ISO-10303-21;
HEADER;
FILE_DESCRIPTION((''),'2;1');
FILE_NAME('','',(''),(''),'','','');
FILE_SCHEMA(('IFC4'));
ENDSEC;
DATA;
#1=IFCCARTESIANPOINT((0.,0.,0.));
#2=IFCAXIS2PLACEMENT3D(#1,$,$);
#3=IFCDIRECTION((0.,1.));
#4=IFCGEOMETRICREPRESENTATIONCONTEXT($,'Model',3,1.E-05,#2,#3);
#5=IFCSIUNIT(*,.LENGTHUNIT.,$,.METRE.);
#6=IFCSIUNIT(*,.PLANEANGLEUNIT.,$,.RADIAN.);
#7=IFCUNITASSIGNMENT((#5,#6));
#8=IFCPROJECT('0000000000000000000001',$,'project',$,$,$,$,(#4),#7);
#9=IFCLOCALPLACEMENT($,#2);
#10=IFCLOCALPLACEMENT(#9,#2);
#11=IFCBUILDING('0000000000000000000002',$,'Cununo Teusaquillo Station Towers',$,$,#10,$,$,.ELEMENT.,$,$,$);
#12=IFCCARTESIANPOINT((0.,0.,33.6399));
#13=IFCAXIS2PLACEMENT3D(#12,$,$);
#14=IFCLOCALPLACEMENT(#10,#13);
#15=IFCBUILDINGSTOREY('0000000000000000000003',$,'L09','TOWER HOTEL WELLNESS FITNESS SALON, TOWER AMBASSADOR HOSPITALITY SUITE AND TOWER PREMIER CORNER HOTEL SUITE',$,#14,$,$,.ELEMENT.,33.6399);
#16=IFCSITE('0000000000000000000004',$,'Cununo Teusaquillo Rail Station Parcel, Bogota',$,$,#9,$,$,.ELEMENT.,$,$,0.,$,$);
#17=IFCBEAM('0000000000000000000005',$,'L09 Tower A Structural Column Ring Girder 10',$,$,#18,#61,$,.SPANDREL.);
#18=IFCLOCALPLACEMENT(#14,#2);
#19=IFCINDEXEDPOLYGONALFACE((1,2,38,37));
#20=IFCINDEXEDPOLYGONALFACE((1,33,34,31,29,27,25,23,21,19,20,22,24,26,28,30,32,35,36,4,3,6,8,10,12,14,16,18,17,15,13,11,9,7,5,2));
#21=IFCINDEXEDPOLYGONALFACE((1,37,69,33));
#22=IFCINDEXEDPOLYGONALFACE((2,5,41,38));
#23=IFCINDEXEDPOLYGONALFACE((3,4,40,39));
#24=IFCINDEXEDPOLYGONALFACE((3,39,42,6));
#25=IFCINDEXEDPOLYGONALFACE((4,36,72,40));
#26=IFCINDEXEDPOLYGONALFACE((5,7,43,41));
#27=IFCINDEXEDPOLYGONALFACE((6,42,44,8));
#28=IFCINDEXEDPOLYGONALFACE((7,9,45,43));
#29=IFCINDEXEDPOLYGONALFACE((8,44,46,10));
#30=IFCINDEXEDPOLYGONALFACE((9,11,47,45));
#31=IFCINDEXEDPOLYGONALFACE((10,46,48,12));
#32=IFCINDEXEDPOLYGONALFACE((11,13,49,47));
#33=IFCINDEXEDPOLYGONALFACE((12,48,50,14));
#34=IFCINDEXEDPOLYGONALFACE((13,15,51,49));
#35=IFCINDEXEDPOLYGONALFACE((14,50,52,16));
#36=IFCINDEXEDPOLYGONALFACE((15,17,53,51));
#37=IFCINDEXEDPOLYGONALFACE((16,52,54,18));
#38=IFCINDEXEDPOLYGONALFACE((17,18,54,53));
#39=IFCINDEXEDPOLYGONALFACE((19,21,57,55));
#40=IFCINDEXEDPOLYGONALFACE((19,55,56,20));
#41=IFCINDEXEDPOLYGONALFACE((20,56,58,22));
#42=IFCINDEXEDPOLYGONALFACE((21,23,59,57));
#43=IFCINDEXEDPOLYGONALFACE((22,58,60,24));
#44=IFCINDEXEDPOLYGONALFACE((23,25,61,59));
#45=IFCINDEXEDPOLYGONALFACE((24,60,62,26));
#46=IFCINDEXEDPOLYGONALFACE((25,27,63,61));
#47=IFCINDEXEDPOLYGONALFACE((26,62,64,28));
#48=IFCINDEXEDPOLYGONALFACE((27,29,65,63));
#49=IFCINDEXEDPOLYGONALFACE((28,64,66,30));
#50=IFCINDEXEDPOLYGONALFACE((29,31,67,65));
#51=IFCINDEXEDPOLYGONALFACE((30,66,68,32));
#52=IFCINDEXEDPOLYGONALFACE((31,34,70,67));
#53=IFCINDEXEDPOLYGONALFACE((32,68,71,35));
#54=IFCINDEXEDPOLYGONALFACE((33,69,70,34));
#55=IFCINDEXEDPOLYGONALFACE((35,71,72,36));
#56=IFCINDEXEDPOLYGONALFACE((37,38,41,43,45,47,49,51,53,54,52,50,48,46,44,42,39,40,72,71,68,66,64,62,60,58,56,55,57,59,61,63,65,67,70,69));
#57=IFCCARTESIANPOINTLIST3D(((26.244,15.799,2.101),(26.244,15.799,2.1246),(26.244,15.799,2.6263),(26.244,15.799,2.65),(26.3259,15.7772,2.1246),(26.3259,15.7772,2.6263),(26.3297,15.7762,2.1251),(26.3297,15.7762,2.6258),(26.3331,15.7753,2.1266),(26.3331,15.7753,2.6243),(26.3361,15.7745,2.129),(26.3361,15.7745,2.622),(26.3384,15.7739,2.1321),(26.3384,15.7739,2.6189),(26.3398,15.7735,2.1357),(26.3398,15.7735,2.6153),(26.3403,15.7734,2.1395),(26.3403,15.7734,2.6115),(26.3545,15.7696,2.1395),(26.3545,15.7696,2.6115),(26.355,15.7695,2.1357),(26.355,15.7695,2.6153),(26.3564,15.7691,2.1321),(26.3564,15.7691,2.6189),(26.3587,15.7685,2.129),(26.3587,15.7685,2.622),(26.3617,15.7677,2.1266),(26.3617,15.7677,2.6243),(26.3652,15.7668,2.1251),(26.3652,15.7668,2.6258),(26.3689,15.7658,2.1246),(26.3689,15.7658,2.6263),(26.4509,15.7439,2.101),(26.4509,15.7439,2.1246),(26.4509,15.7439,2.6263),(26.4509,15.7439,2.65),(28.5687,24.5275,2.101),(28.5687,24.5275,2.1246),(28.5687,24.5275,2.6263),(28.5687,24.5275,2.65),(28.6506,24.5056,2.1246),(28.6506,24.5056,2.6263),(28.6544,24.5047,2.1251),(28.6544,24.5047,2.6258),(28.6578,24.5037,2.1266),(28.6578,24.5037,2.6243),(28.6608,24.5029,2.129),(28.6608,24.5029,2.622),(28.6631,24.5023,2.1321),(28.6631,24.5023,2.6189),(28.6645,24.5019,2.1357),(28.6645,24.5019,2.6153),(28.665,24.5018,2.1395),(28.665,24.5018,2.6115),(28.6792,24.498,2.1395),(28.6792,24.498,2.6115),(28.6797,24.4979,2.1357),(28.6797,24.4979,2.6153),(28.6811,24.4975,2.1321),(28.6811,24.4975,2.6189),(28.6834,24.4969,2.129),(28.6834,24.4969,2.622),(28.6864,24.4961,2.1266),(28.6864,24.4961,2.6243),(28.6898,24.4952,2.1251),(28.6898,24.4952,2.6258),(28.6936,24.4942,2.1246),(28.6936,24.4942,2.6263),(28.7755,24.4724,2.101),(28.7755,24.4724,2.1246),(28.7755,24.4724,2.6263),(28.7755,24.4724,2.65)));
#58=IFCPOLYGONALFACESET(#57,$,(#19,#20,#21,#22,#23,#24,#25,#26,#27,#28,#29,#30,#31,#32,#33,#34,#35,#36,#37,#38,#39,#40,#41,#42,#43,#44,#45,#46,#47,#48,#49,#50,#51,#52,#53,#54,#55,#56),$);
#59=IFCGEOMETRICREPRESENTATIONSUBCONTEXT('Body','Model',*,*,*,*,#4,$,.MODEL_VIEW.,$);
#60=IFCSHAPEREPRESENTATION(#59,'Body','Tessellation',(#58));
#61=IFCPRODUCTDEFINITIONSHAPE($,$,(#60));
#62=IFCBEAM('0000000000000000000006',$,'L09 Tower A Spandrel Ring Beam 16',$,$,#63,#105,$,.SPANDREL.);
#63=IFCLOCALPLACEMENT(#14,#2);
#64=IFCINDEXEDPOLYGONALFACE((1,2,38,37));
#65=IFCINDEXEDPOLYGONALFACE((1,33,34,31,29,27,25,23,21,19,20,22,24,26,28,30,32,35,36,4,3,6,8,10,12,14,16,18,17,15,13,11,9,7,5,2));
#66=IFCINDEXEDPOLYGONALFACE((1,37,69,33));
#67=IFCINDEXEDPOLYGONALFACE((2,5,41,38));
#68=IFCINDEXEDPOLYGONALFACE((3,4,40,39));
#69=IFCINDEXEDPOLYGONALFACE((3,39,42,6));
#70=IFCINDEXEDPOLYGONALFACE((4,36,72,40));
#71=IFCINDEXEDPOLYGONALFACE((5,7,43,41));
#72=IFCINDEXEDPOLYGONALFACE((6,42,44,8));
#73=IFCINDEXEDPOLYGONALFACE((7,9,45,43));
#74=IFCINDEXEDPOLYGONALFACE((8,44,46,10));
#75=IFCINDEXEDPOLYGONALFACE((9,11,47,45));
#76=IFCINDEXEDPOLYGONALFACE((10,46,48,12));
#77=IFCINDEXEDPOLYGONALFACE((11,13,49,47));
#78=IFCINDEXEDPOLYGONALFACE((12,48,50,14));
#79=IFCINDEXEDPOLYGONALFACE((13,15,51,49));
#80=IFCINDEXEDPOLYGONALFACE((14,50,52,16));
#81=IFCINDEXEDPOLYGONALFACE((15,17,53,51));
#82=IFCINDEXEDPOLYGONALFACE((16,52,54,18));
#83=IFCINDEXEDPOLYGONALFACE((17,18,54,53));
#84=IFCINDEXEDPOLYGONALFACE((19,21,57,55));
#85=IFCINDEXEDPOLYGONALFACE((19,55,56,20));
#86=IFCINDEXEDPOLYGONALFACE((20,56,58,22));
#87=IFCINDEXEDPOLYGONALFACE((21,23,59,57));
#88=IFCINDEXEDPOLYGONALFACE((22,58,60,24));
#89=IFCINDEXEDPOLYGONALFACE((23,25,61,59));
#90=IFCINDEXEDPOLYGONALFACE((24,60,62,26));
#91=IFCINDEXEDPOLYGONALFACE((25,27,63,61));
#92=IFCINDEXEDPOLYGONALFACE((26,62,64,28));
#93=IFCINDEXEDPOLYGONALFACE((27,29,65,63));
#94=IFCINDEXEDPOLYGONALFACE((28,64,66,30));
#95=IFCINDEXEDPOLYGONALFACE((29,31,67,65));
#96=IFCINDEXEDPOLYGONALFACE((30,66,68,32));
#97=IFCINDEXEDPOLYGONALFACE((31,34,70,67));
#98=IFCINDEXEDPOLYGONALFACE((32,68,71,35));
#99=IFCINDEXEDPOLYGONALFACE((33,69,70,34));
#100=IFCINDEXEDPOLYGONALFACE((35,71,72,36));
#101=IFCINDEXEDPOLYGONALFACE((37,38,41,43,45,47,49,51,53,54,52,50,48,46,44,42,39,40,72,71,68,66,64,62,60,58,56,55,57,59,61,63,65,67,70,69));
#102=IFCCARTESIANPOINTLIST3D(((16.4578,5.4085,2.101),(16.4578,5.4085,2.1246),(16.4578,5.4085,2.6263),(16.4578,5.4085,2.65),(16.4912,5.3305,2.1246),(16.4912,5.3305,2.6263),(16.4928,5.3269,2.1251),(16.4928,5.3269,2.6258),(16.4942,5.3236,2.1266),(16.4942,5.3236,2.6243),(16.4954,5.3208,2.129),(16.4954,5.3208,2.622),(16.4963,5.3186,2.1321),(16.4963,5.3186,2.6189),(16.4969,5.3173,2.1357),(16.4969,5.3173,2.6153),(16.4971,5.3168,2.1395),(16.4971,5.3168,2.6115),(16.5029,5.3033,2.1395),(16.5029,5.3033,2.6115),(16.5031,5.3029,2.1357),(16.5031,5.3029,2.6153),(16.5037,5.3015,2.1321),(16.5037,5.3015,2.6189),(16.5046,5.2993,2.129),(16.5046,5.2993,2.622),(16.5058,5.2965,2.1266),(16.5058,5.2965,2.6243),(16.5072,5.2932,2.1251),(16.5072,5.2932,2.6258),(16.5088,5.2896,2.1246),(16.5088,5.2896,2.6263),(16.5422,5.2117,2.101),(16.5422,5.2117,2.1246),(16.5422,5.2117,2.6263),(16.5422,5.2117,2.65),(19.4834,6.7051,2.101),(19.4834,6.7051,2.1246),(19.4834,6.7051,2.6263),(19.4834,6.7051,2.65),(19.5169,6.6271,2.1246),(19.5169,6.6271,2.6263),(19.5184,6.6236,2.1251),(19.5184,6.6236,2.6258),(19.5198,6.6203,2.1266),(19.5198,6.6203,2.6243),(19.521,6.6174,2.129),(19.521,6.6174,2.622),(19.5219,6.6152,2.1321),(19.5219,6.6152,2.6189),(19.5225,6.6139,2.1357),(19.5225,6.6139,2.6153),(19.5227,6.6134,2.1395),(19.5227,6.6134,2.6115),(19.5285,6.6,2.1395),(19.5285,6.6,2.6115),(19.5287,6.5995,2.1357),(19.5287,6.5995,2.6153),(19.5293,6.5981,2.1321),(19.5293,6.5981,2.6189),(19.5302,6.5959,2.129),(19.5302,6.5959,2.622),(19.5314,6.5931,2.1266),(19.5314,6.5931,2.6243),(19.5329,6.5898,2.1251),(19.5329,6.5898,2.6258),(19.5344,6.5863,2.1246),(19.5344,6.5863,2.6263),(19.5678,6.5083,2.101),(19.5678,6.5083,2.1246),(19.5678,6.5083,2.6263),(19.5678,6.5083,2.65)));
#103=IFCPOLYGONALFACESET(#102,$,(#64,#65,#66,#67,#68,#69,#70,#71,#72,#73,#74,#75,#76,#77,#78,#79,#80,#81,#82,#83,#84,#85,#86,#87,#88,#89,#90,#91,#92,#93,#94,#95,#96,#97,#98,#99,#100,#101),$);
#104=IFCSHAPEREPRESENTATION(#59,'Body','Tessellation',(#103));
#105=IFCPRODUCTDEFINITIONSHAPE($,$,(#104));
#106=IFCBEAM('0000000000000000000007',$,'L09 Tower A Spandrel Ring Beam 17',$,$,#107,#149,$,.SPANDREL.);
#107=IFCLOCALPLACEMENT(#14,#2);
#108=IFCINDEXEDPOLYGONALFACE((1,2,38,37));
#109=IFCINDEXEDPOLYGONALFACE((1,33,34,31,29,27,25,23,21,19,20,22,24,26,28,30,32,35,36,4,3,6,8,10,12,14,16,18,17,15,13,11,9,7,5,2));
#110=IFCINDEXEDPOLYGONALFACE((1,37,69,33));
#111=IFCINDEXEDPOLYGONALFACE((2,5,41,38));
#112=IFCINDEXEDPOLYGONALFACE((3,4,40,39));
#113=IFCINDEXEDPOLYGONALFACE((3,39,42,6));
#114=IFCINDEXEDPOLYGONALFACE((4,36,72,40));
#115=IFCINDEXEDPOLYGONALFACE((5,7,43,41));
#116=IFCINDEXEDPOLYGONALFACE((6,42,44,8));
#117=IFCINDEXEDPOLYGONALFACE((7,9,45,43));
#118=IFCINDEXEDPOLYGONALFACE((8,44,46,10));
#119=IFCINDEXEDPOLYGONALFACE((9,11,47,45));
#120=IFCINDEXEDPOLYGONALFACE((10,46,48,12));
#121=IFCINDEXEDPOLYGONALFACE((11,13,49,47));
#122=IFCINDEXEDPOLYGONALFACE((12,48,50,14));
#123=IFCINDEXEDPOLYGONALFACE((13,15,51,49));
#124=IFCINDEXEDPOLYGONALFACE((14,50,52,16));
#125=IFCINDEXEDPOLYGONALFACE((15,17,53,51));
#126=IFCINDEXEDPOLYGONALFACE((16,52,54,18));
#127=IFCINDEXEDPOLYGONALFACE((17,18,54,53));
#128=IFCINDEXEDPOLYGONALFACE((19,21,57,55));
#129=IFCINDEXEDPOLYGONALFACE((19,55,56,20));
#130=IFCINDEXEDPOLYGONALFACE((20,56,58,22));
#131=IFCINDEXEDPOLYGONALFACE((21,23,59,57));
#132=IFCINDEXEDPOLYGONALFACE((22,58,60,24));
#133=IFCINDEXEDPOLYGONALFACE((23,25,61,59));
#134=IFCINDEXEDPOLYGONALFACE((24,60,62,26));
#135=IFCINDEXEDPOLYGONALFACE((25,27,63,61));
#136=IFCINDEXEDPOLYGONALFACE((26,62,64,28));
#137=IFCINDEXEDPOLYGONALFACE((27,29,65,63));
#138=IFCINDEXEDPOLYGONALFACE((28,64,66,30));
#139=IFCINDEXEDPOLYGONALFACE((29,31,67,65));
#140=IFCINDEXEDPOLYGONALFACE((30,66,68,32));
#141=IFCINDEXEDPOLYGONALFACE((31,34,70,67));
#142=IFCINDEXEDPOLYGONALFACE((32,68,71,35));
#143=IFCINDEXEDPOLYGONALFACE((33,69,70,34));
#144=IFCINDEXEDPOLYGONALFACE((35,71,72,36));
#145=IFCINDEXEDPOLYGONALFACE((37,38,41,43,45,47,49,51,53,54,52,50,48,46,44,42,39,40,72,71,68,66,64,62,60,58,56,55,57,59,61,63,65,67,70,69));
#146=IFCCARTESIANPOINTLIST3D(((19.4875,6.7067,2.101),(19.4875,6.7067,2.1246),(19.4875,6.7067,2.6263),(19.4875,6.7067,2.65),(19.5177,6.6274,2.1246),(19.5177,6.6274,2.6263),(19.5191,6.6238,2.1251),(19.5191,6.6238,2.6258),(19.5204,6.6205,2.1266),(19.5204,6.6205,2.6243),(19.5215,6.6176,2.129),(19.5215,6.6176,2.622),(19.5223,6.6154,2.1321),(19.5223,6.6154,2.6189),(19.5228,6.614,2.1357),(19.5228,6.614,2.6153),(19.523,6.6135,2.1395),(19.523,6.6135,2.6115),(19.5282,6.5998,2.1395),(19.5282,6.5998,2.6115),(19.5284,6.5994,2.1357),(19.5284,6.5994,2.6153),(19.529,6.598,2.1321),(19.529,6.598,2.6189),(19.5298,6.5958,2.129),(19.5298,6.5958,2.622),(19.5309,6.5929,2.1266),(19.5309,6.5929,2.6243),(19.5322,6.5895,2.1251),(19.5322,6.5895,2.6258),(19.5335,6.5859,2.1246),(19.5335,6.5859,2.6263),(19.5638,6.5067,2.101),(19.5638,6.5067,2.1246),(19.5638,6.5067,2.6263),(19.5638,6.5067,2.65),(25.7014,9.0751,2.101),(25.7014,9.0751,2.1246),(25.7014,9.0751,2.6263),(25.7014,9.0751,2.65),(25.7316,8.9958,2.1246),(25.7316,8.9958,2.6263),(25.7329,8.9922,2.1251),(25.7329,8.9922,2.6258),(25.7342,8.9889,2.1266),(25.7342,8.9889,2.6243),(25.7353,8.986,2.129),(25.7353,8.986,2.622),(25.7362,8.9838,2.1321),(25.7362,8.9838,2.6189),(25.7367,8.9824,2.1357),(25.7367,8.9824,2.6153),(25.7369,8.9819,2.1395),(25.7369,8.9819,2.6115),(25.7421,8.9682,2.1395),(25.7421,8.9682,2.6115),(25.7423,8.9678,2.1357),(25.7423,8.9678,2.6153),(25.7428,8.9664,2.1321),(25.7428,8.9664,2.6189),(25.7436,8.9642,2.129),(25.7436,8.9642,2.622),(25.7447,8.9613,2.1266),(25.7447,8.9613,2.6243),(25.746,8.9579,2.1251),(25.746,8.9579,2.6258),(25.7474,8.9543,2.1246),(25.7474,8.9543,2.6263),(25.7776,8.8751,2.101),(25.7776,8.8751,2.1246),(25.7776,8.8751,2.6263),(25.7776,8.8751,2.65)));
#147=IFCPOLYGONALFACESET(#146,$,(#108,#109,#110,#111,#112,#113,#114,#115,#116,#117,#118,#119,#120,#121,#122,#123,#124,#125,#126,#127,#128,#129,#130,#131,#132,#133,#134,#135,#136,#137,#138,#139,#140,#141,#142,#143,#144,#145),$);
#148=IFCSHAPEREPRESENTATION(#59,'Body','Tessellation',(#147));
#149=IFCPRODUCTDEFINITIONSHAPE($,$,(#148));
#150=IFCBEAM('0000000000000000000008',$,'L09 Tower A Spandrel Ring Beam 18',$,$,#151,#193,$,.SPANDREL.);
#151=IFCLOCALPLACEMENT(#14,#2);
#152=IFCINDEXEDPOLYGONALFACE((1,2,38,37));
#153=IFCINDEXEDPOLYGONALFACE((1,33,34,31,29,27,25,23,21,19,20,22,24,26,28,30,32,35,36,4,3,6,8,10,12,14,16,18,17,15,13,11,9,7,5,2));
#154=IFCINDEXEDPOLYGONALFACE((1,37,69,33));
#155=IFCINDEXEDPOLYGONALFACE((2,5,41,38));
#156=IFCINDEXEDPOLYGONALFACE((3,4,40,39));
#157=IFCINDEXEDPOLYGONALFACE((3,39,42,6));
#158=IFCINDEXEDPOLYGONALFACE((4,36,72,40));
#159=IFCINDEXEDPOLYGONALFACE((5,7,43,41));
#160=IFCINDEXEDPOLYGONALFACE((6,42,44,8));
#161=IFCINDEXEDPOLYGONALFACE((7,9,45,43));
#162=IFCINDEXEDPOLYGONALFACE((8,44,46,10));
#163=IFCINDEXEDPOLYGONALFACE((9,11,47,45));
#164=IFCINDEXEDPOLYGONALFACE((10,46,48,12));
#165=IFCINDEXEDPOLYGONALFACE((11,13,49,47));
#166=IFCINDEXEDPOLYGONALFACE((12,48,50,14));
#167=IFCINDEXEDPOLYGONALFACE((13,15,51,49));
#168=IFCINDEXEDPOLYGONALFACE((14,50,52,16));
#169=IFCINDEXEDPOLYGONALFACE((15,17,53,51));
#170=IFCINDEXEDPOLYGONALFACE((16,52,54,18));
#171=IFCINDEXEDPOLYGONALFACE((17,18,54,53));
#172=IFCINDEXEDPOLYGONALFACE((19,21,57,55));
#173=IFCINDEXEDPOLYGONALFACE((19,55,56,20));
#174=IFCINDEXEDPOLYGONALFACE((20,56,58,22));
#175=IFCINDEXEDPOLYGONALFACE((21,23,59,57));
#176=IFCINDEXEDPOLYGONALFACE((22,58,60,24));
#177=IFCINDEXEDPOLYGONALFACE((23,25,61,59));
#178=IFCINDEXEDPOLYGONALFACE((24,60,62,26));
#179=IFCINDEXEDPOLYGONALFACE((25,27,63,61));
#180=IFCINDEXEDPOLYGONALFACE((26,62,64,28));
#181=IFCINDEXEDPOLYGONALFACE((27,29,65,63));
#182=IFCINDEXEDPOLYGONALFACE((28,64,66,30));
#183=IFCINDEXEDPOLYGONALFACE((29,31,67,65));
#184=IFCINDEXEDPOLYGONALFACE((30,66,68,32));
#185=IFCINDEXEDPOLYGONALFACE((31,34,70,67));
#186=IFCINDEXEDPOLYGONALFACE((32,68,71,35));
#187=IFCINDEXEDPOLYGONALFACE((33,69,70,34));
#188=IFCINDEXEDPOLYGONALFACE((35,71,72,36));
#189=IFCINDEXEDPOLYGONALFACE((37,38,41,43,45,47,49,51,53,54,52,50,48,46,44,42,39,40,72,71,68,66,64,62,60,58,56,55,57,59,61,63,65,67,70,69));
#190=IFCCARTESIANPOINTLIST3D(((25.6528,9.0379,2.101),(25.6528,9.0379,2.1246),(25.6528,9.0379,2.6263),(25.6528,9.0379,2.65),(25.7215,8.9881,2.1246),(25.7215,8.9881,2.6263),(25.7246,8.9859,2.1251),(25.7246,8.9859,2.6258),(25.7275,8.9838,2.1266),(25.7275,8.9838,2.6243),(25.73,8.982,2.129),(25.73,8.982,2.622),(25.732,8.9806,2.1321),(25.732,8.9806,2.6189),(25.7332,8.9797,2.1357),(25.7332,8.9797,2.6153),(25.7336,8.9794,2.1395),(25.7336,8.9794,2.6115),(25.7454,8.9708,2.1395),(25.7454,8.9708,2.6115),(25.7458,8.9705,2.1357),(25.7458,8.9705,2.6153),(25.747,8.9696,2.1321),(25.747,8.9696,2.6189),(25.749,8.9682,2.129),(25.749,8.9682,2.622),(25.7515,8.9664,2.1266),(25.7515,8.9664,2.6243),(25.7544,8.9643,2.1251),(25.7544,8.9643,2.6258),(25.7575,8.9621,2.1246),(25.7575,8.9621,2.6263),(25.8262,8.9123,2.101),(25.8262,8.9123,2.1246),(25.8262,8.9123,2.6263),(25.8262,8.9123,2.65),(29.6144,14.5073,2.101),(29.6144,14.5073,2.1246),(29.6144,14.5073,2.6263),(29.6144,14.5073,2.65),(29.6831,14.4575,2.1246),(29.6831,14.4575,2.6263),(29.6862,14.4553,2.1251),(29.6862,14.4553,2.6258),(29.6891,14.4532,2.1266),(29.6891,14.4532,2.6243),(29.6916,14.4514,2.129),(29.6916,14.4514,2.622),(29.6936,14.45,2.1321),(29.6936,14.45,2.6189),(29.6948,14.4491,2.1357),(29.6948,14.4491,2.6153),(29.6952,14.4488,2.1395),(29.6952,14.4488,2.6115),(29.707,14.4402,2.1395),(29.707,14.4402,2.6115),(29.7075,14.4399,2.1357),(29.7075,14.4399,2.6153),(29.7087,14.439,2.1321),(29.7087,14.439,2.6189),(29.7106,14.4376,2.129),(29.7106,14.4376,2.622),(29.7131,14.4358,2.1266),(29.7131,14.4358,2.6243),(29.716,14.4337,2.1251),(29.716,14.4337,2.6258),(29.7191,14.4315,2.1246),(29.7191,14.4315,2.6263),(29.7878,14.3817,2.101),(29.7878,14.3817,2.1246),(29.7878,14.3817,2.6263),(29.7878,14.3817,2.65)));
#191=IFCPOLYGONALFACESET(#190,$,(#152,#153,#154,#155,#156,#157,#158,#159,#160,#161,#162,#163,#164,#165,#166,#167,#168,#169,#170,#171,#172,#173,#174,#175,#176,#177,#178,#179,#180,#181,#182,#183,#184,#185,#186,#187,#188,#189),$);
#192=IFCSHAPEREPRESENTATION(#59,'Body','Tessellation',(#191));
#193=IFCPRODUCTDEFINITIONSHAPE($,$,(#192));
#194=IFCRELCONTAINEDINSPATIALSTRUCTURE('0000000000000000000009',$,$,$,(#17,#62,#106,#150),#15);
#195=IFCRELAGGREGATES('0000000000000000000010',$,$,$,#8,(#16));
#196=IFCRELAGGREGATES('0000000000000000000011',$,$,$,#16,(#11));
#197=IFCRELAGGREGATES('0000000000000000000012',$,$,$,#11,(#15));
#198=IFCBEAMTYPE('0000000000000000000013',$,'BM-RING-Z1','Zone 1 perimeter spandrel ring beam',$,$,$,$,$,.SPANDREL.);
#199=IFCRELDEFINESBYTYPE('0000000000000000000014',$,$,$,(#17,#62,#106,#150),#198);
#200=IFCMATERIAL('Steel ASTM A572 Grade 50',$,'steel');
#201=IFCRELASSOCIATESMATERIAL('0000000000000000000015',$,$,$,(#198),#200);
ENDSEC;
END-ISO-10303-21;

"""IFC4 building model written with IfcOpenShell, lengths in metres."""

from ifc_helpers import new_model, si_unit, direction, frame, origin, origin_2d, place, context, subcontext, project, spatial, i_section, extrude, material, material_profile, profile_set, type_object, element, save


model = new_model("IFC4")

# Units and contexts
model_context = context("Model", 3, precision=1e-05, world=origin(), true_north=direction((0.0, 1.0)))
body_context = subcontext(model_context, "Body", "Model", "MODEL_VIEW")
ifc_project = project(units=[si_unit("LENGTHUNIT", "METRE"), si_unit("PLANEANGLEUNIT", "RADIAN")], contexts=[model_context])

# Site, building, storey
site_placement = place(None, origin())
site = spatial("IfcSite", under=ifc_project, at=site_placement, Name="Cununo Teusaquillo Rail Station Parcel, Bogota", CompositionType="ELEMENT", RefElevation=0.0)
building_placement = place(site_placement, origin())
building = spatial("IfcBuilding", under=site, at=building_placement, Name="Cununo Teusaquillo Station Towers", CompositionType="ELEMENT")
storey_placement = place(building_placement, frame((0.0, 0.0, 33.6399)))
storey = spatial("IfcBuildingStorey", under=building, at=storey_placement, Name="L09", Description="TOWER HOTEL WELLNESS FITNESS SALON, TOWER AMBASSADOR HOSPITALITY SUITE AND TOWER PREMIER CORNER HOTEL SUITE", CompositionType="ELEMENT", Elevation=33.6399)

# Beams
ifc_material_1 = material(Name="Steel ASTM A572 Grade 50", Category="steel")
ifc_material_profile_1 = material_profile(ifc_material_1, i_section(OverallWidth=0.2141, OverallDepth=0.5491, WebThickness=0.0146, FlangeThickness=0.0237, FilletRadius=0.0149, at=origin_2d()), Name="W21X93")
ifc_profile_set_1 = profile_set([ifc_material_profile_1], Name="Steel ASTM A572 Grade 50")
beam_type = type_object("IfcBeamType", Name="BM-RING-Z1", Description="Zone 1 perimeter spandrel ring beam", PredefinedType="SPANDREL", material=ifc_profile_set_1)
beam_1_placement = place(storey_placement, frame((26.3474, 15.7715, 2.3755), z_axis=(0.257363, 0.966315, 0.0), x_axis=(-0.966315, 0.257363, 0.0)))
element("IfcBeam", 1, at=beam_1_placement, inside=storey, type_object=beam_type, Name="L09 Tower A Structural Column Ring Girder 10", PredefinedType="SPANDREL", context=body_context, shape_type="SweptSolid", body=[
    extrude(i_section(OverallWidth=0.2141, OverallDepth=0.5491, WebThickness=0.0146, FlangeThickness=0.0237, FilletRadius=0.0149, at=origin_2d()), origin(), (0.0, 0.0, 1.0), 9.0327),
])
beam_2_placement = place(storey_placement, frame((16.5, 5.3101, 2.3755), z_axis=(0.919153, 0.393901, 0.0), x_axis=(-0.393901, 0.919153, 0.0)))
element("IfcBeam", 2, at=beam_2_placement, inside=storey, type_object=beam_type, Name="L09 Tower A Spandrel Ring Beam 16", PredefinedType="SPANDREL", context=body_context, shape_type="SweptSolid", body=[
    extrude(i_section(OverallWidth=0.2141, OverallDepth=0.5491, WebThickness=0.0146, FlangeThickness=0.0237, FilletRadius=0.0149, at=origin_2d()), origin(), (0.0, 0.0, 1.0), 3.2917),
])
beam_3_placement = place(storey_placement, frame((19.5256, 6.6067, 2.3755), z_axis=(0.934427, 0.356156, 0.0), x_axis=(-0.356156, 0.934427, 0.0)))
element("IfcBeam", 3, at=beam_3_placement, inside=storey, type_object=beam_type, Name="L09 Tower A Spandrel Ring Beam 17", PredefinedType="SPANDREL", context=body_context, shape_type="SweptSolid", body=[
    extrude(i_section(OverallWidth=0.2141, OverallDepth=0.5491, WebThickness=0.0146, FlangeThickness=0.0237, FilletRadius=0.0149, at=origin_2d()), origin(), (0.0, 0.0, 1.0), 6.6499),
])
beam_4_placement = place(storey_placement, frame((25.7395, 8.9751, 2.3755), z_axis=(0.586608, 0.809871, 0.0), x_axis=(-0.809871, 0.586608, 0.0)))
element("IfcBeam", 4, at=beam_4_placement, inside=storey, type_object=beam_type, Name="L09 Tower A Spandrel Ring Beam 18", PredefinedType="SPANDREL", context=body_context, shape_type="SweptSolid", body=[
    extrude(i_section(OverallWidth=0.2141, OverallDepth=0.5491, WebThickness=0.0146, FlangeThickness=0.0237, FilletRadius=0.0149, at=origin_2d()), origin(), (0.0, 0.0, 1.0), 6.7534),
])

save(model, "model.ifc")
